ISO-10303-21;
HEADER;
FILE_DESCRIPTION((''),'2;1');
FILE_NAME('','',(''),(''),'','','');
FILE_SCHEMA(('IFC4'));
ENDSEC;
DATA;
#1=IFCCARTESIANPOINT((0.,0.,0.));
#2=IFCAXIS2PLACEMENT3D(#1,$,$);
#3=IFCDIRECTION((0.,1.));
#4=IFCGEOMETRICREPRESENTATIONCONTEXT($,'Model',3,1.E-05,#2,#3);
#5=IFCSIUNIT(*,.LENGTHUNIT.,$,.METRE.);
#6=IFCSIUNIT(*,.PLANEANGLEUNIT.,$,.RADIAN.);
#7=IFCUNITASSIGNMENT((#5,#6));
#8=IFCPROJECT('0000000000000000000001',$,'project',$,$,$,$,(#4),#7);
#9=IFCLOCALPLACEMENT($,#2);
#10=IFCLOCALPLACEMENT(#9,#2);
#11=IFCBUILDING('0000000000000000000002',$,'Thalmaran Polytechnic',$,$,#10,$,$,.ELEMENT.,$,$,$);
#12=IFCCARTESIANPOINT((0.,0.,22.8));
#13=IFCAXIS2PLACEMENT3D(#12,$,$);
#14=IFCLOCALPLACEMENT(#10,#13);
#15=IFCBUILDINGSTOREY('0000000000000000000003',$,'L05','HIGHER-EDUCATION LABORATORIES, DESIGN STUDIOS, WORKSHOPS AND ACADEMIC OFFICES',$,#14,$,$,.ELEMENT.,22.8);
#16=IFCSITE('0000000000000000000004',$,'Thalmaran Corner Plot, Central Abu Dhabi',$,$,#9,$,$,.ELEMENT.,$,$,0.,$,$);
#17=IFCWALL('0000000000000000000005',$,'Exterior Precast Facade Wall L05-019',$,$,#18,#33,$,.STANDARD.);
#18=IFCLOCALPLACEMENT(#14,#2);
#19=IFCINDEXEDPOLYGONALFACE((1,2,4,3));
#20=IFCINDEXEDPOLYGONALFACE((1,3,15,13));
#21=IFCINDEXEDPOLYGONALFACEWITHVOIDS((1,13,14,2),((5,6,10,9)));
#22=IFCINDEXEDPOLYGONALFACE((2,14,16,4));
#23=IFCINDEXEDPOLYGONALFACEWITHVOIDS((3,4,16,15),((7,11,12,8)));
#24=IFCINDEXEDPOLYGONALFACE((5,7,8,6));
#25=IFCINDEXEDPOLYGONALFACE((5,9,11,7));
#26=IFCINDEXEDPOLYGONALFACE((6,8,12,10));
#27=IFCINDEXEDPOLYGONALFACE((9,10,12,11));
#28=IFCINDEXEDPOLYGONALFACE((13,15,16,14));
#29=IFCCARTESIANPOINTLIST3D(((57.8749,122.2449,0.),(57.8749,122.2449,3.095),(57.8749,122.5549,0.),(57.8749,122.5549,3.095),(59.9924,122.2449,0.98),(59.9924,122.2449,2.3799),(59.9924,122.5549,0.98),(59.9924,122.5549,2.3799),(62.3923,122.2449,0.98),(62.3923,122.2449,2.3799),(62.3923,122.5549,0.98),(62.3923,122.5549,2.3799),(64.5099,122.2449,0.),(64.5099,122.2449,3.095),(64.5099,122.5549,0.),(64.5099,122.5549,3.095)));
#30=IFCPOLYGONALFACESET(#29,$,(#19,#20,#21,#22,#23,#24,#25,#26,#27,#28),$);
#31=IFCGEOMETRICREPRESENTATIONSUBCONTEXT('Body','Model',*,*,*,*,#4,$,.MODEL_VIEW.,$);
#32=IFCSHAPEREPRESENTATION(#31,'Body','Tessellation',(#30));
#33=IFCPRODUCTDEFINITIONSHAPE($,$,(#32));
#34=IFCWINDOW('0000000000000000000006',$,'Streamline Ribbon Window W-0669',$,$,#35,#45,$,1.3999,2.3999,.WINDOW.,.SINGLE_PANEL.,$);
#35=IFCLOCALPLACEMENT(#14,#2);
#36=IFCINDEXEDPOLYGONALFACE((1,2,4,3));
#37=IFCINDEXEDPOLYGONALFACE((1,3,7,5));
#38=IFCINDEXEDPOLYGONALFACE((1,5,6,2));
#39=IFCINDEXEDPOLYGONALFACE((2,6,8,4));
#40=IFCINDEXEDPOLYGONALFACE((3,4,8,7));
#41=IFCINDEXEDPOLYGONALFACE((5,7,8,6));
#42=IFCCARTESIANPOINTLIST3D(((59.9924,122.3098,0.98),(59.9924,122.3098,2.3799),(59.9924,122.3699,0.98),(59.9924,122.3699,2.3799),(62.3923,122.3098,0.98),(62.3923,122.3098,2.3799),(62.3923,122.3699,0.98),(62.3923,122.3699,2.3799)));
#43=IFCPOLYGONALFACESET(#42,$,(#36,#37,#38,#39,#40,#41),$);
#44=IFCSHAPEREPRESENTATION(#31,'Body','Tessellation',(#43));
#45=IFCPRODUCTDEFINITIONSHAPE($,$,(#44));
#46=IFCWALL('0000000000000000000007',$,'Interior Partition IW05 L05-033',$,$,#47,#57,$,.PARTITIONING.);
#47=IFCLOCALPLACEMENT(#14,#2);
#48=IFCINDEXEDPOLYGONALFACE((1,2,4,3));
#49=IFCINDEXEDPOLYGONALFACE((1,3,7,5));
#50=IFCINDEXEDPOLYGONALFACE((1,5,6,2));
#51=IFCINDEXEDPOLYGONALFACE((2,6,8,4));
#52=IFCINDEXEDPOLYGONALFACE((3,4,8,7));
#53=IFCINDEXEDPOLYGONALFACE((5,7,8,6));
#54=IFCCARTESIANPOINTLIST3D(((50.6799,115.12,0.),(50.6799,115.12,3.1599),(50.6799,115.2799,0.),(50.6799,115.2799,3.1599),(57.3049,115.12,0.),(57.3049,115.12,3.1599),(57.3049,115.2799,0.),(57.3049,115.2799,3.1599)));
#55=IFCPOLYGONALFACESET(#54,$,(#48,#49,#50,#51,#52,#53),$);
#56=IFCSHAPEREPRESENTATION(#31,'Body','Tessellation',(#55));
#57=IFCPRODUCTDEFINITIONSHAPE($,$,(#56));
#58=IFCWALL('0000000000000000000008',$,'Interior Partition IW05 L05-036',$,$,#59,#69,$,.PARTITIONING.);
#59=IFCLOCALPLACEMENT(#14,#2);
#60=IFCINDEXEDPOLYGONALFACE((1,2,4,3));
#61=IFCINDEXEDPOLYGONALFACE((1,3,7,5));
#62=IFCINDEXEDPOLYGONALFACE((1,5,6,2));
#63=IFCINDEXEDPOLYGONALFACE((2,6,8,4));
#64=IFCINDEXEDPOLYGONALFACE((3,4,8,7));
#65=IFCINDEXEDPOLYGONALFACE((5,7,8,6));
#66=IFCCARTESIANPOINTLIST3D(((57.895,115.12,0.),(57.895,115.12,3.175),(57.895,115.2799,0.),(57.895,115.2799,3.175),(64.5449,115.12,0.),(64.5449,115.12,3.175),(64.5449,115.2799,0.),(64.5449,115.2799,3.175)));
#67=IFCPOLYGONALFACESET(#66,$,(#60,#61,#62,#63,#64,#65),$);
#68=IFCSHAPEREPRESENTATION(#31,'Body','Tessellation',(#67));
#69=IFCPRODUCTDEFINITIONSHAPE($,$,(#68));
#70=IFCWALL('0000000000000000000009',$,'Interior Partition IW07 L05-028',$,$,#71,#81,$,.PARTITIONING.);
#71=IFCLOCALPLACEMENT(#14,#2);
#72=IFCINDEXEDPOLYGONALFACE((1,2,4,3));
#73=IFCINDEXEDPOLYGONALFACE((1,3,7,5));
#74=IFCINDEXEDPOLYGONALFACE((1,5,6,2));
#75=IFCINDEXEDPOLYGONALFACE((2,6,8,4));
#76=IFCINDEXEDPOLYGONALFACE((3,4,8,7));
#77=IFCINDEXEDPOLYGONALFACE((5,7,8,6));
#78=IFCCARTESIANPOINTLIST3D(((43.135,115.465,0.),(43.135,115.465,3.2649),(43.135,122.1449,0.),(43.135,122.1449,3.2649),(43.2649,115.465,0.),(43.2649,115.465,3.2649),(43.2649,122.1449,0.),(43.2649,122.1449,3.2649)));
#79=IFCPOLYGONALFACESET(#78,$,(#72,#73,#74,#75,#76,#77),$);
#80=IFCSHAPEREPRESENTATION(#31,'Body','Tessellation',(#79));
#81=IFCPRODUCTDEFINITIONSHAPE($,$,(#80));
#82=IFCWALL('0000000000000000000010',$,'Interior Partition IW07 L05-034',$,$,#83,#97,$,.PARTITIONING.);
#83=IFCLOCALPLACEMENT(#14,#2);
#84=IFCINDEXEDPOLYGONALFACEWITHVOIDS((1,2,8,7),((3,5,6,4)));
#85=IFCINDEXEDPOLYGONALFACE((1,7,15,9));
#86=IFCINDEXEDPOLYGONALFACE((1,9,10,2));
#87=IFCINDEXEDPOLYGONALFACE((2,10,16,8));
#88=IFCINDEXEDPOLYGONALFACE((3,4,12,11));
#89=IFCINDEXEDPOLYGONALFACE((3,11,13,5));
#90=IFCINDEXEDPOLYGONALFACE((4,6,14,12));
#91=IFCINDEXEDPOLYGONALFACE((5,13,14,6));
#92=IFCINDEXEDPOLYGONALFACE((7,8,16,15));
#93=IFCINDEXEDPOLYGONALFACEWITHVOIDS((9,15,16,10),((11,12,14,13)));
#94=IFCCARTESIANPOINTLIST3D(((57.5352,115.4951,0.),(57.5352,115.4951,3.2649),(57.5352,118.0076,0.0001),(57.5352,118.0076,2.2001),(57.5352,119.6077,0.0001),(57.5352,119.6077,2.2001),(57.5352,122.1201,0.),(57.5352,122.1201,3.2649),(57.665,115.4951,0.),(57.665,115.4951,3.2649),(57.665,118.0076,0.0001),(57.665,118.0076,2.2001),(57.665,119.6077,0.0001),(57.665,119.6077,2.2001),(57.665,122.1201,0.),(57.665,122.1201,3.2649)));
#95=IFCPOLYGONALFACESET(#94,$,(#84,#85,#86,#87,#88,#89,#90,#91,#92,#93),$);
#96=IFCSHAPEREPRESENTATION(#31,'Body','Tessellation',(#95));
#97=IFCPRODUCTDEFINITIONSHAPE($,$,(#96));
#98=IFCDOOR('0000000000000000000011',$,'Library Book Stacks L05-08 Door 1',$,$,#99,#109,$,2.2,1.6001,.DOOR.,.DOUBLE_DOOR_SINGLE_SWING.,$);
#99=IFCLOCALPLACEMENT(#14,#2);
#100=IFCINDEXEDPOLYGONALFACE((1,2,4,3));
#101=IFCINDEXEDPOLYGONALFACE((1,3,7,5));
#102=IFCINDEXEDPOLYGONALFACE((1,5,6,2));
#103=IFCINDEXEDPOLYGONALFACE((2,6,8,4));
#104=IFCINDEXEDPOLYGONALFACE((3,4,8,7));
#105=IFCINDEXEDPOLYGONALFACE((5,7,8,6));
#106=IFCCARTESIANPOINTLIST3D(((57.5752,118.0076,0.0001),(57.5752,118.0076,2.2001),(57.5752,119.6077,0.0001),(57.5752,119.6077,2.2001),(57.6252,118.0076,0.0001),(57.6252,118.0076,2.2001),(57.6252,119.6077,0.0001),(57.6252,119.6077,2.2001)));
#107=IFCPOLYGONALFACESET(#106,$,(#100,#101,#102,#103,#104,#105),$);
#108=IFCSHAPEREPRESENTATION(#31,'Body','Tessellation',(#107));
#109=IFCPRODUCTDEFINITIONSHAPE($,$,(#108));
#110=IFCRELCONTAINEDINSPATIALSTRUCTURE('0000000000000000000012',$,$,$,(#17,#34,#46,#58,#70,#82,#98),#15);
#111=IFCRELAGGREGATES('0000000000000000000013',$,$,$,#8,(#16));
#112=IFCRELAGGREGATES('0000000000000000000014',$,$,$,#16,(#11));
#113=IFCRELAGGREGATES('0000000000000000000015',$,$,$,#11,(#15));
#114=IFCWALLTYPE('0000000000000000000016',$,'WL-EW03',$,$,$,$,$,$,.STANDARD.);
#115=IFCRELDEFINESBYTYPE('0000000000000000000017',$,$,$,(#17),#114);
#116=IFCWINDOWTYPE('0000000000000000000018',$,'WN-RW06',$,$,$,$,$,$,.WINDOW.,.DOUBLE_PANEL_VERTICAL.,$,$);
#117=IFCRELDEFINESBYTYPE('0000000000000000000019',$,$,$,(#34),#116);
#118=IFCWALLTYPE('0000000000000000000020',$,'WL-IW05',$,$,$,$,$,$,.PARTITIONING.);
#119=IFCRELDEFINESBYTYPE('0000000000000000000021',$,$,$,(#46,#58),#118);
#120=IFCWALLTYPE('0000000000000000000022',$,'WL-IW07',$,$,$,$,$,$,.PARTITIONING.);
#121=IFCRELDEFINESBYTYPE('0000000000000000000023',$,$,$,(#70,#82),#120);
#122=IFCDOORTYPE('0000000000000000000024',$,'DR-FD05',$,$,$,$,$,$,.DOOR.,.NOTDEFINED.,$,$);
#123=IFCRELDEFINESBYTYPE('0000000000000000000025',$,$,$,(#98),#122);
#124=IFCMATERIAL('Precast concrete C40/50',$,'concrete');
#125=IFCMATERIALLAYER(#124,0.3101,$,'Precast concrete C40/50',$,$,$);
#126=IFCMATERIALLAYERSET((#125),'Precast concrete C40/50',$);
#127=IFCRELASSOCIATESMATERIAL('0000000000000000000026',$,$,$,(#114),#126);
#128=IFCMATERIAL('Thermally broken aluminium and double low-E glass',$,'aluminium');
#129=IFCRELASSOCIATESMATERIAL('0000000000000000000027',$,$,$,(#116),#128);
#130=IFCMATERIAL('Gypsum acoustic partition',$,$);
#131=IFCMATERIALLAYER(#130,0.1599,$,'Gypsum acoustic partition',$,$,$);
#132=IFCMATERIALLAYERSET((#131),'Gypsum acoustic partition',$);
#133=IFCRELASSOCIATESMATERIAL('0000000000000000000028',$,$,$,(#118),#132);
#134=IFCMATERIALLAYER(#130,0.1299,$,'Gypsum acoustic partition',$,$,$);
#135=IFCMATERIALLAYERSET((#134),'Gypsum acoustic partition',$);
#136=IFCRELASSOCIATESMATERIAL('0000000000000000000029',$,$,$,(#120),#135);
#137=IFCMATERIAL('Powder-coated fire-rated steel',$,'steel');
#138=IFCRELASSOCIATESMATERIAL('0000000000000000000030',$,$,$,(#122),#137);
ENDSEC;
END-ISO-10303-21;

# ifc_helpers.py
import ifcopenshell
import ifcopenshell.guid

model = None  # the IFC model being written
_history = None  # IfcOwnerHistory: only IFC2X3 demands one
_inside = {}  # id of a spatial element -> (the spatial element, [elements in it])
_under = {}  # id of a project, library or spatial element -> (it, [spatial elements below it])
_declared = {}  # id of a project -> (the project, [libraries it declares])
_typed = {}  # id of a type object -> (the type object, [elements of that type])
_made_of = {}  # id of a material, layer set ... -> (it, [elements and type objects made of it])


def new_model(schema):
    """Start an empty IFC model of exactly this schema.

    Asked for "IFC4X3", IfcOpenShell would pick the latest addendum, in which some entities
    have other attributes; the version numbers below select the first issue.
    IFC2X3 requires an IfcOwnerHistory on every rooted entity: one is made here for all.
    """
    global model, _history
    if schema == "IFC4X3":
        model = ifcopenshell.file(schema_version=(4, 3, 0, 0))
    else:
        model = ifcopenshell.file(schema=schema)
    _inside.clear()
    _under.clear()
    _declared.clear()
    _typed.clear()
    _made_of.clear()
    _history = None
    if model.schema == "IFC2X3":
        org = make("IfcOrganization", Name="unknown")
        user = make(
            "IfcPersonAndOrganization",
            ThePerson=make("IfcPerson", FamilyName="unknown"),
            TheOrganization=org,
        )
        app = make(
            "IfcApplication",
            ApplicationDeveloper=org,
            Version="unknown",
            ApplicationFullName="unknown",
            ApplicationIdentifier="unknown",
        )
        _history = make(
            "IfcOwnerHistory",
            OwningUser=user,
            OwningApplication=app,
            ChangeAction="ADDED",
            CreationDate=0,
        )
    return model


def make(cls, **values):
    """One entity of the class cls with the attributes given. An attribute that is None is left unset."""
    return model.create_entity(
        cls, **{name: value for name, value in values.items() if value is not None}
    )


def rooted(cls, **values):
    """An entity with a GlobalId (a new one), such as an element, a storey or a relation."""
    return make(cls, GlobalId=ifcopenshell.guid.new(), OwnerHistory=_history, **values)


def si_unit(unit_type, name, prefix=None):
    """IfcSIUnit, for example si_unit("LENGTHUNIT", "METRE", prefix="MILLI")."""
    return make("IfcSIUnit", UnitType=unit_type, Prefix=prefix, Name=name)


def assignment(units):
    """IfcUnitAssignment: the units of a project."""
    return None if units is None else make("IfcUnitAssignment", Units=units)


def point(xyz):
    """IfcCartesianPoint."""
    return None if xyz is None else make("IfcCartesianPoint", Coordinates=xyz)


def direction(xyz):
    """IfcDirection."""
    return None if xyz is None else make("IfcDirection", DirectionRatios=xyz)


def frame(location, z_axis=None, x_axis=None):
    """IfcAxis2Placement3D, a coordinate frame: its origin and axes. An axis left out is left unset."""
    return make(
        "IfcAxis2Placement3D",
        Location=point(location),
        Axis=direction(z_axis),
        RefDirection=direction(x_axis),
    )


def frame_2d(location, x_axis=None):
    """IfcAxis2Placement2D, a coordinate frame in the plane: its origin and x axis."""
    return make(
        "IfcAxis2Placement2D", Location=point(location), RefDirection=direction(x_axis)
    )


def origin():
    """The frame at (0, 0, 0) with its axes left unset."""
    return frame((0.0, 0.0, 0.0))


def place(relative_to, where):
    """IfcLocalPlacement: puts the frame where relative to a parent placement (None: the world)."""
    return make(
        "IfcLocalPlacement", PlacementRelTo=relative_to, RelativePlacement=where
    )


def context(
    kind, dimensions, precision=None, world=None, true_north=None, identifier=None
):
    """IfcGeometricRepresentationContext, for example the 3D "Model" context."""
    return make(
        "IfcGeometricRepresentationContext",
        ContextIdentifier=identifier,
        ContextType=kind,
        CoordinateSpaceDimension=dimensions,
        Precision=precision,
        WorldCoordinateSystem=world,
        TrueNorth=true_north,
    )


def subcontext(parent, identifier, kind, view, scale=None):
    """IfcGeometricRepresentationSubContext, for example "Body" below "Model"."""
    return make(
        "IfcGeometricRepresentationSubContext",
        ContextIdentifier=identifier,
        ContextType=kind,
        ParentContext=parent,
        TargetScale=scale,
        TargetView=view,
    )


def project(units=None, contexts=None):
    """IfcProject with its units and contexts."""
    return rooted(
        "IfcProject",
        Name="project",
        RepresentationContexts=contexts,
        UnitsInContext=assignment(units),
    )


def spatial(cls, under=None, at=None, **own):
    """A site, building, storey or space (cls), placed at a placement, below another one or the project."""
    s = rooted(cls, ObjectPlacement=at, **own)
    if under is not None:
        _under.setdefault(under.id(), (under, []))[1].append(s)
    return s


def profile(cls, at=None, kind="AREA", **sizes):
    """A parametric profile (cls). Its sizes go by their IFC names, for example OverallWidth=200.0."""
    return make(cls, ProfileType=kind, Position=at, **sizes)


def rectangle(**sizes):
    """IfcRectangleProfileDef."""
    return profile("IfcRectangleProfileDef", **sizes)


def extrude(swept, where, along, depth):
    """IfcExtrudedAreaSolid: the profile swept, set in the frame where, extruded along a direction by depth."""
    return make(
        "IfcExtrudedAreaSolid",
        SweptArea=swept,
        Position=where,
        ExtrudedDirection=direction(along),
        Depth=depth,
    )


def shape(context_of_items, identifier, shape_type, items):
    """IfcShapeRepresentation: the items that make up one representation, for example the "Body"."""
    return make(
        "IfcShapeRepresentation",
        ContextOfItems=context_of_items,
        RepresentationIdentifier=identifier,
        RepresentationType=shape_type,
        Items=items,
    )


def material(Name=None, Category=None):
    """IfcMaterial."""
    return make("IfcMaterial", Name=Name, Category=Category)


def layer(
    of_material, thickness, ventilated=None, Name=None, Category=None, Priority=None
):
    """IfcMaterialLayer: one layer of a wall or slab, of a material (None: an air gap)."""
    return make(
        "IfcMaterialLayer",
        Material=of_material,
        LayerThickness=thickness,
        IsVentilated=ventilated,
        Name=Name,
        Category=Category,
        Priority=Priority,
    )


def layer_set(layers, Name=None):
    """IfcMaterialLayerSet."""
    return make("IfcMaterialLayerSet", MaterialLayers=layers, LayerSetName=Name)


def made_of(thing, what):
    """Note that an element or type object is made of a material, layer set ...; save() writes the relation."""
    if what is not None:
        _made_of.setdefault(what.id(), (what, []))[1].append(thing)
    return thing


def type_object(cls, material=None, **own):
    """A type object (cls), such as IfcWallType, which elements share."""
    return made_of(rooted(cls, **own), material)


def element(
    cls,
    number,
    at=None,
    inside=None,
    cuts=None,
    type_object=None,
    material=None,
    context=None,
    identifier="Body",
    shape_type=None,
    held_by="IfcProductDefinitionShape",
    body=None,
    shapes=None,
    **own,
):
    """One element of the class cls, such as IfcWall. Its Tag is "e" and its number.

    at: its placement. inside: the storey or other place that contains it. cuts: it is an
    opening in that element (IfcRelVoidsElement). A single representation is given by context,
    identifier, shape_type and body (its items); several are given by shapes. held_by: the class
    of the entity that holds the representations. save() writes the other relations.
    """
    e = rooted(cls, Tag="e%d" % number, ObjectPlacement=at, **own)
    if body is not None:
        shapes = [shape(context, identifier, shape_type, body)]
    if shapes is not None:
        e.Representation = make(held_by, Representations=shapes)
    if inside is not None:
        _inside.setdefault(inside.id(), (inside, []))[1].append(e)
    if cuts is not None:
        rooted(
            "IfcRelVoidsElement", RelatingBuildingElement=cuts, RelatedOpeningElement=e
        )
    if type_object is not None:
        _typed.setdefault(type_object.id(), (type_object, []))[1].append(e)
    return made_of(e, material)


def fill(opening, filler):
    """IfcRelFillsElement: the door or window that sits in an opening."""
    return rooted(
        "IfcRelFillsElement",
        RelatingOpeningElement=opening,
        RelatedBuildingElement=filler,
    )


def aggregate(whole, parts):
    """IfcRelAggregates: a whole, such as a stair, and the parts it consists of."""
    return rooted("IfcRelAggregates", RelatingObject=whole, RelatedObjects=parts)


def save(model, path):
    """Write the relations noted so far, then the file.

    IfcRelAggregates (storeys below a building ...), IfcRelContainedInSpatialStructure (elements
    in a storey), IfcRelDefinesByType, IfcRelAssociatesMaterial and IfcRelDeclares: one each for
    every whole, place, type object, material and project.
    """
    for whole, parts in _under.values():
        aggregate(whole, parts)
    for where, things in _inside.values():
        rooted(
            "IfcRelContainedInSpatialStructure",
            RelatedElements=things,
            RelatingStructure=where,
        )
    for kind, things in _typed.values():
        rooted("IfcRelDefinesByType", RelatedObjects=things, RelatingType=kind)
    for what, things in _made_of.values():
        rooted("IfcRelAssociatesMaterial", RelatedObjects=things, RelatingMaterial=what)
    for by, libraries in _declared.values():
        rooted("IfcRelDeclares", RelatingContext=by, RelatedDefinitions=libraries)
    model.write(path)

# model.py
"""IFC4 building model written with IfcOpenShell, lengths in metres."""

from ifc_helpers import new_model, si_unit, direction, frame, frame_2d, origin, place, context, subcontext, project, spatial, rectangle, extrude, material, layer, layer_set, type_object, element, fill, save


model = new_model("IFC4")

# Units and contexts
model_context = context("Model", 3, precision=1e-05, world=origin(), true_north=direction((0.0, 1.0)))
body_context = subcontext(model_context, "Body", "Model", "MODEL_VIEW")
ifc_project = project(units=[si_unit("LENGTHUNIT", "METRE"), si_unit("PLANEANGLEUNIT", "RADIAN")], contexts=[model_context])

# Site, building, storey
site_placement = place(None, origin())
site = spatial("IfcSite", under=ifc_project, at=site_placement, Name="Thalmaran Corner Plot, Central Abu Dhabi", CompositionType="ELEMENT", RefElevation=0.0)
building_placement = place(site_placement, origin())
building = spatial("IfcBuilding", under=site, at=building_placement, Name="Thalmaran Polytechnic", CompositionType="ELEMENT")
storey_placement = place(building_placement, frame((0.0, 0.0, 22.8)))
storey = spatial("IfcBuildingStorey", under=building, at=storey_placement, Name="L05", Description="HIGHER-EDUCATION LABORATORIES, DESIGN STUDIOS, WORKSHOPS AND ACADEMIC OFFICES", CompositionType="ELEMENT", Elevation=22.8)

# Wall, opening, window
ifc_material_1 = material(Name="Precast concrete C40/50", Category="concrete")
ifc_layer_1 = layer(ifc_material_1, 0.3101, Name="Precast concrete C40/50")
ifc_layer_set_1 = layer_set([ifc_layer_1], Name="Precast concrete C40/50")
wall_type_1 = type_object("IfcWallType", Name="WL-EW03", PredefinedType="STANDARD", material=ifc_layer_set_1)
ifc_material_2 = material(Name="Thermally broken aluminium and double low-E glass", Category="aluminium")
wall_1_placement = place(storey_placement, frame((57.875, 122.3999, 0.0), z_axis=(0.0, 0.0, 1.0), x_axis=(1.0, 0.0, 0.0)))
wall_1 = element("IfcWall", 1, at=wall_1_placement, inside=storey, type_object=wall_type_1, Name="Exterior Precast Facade Wall L05-019", PredefinedType="STANDARD", context=body_context, shape_type="SweptSolid", body=[
    extrude(rectangle(XDim=6.635, YDim=0.3101, at=frame_2d((3.3174, 0.0))), origin(), (0.0, 0.0, 1.0), 3.095),
])
opening_1_placement = place(wall_1_placement, frame((2.1174, 0.0, 0.98)))
opening_1 = element("IfcOpeningElement", 2, at=opening_1_placement, cuts=wall_1, PredefinedType="OPENING", context=body_context, shape_type="SweptSolid", body=[
    extrude(rectangle(XDim=2.3999, YDim=1.3999, at=frame_2d((1.2, 0.7))), frame((0.0, 0.165, 0.0), z_axis=(0.0, -1.0, 0.0), x_axis=(1.0, 0.0, 0.0)), (0.0, 0.0, 1.0), 0.3301),
])
window_type_1 = type_object("IfcWindowType", Name="WN-RW06", PartitioningType="DOUBLE_PANEL_VERTICAL", PredefinedType="WINDOW", material=ifc_material_2)
window_1_placement = place(opening_1_placement, origin())
window_1 = element("IfcWindow", 3, at=window_1_placement, inside=storey, type_object=window_type_1, Name="Streamline Ribbon Window W-0669", OverallHeight=1.3999, OverallWidth=2.3999, PartitioningType="SINGLE_PANEL", PredefinedType="WINDOW", context=body_context, shape_type="SweptSolid", body=[
    extrude(rectangle(XDim=2.3999, YDim=1.3999, at=frame_2d((1.2, 0.7))), frame((0.0, -0.03, 0.0), z_axis=(0.0, -1.0, 0.0), x_axis=(1.0, 0.0, 0.0)), (0.0, 0.0, 1.0), 0.0601),
])
fill(opening_1, window_1)

# Walls
ifc_material_3 = material(Name="Gypsum acoustic partition")
ifc_layer_2 = layer(ifc_material_3, 0.1599, Name="Gypsum acoustic partition")
ifc_layer_set_2 = layer_set([ifc_layer_2], Name="Gypsum acoustic partition")
wall_type_2 = type_object("IfcWallType", Name="WL-IW05", PredefinedType="PARTITIONING", material=ifc_layer_set_2)
wall_2_placement = place(storey_placement, frame((50.6799, 115.2, 0.0), z_axis=(0.0, 0.0, 1.0), x_axis=(1.0, 0.0, 0.0)))
element("IfcWall", 4, at=wall_2_placement, inside=storey, type_object=wall_type_2, Name="Interior Partition IW05 L05-033", PredefinedType="PARTITIONING", context=body_context, shape_type="SweptSolid", body=[
    extrude(rectangle(XDim=6.625, YDim=0.1599, at=frame_2d((3.3125, 0.0))), origin(), (0.0, 0.0, 1.0), 3.1599),
])
wall_3_placement = place(storey_placement, frame((57.895, 115.2, 0.0), z_axis=(0.0, 0.0, 1.0), x_axis=(1.0, 0.0, 0.0)))
element("IfcWall", 5, at=wall_3_placement, inside=storey, type_object=wall_type_2, Name="Interior Partition IW05 L05-036", PredefinedType="PARTITIONING", context=body_context, shape_type="SweptSolid", body=[
    extrude(rectangle(XDim=6.6499, YDim=0.1599, at=frame_2d((3.325, 0.0))), origin(), (0.0, 0.0, 1.0), 3.175),
])
ifc_layer_3 = layer(ifc_material_3, 0.1299, Name="Gypsum acoustic partition")
ifc_layer_set_3 = layer_set([ifc_layer_3], Name="Gypsum acoustic partition")
wall_type_3 = type_object("IfcWallType", Name="WL-IW07", PredefinedType="PARTITIONING", material=ifc_layer_set_3)
wall_4_placement = place(storey_placement, frame((43.2, 115.4651, 0.0), z_axis=(0.0, 0.0, 1.0), x_axis=(0.0, 1.0, 0.0)))
element("IfcWall", 6, at=wall_4_placement, inside=storey, type_object=wall_type_3, Name="Interior Partition IW07 L05-028", PredefinedType="PARTITIONING", context=body_context, shape_type="SweptSolid", body=[
    extrude(rectangle(XDim=6.6799, YDim=0.1299, at=frame_2d((3.3398, 0.0))), origin(), (0.0, 0.0, 1.0), 3.2649),
])

# Wall, opening, door
wall_5_placement = place(storey_placement, frame((57.6001, 115.4951, 0.0), z_axis=(0.0, 0.0, 1.0), x_axis=(0.0, 1.0, 0.0)))
wall_5 = element("IfcWall", 7, at=wall_5_placement, inside=storey, type_object=wall_type_3, Name="Interior Partition IW07 L05-034", PredefinedType="PARTITIONING", context=body_context, shape_type="SweptSolid", body=[
    extrude(rectangle(XDim=6.625, YDim=0.1299, at=frame_2d((3.3125, 0.0))), origin(), (0.0, 0.0, 1.0), 3.2649),
])
opening_2_placement = place(wall_5_placement, frame((2.5125, 0.0, 0.0)))
opening_2 = element("IfcOpeningElement", 8, at=opening_2_placement, cuts=wall_5, PredefinedType="OPENING", context=body_context, shape_type="SweptSolid", body=[
    extrude(rectangle(XDim=1.6001, YDim=2.2, at=frame_2d((0.8, 1.1001))), frame((0.0, 0.075, 0.0), z_axis=(0.0, -1.0, 0.0), x_axis=(1.0, 0.0, 0.0)), (0.0, 0.0, 1.0), 0.1499),
])
ifc_material_4 = material(Name="Powder-coated fire-rated steel", Category="steel")
door_type = type_object("IfcDoorType", Name="DR-FD05", OperationType="NOTDEFINED", PredefinedType="DOOR", material=ifc_material_4)
door_placement = place(opening_2_placement, origin())
door = element("IfcDoor", 9, at=door_placement, inside=storey, type_object=door_type, Name="Library Book Stacks L05-08 Door 1", OperationType="DOUBLE_DOOR_SINGLE_SWING", OverallHeight=2.2, OverallWidth=1.6001, PredefinedType="DOOR", context=body_context, shape_type="SweptSolid", body=[
    extrude(rectangle(XDim=1.6001, YDim=2.2, at=frame_2d((0.8, 1.1001))), frame((0.0, 0.0249, 0.0), z_axis=(0.0, -1.0, 0.0), x_axis=(1.0, 0.0, 0.0)), (0.0, 0.0, 1.0), 0.05),
])
fill(opening_2, door)

save(model, "model.ifc")
